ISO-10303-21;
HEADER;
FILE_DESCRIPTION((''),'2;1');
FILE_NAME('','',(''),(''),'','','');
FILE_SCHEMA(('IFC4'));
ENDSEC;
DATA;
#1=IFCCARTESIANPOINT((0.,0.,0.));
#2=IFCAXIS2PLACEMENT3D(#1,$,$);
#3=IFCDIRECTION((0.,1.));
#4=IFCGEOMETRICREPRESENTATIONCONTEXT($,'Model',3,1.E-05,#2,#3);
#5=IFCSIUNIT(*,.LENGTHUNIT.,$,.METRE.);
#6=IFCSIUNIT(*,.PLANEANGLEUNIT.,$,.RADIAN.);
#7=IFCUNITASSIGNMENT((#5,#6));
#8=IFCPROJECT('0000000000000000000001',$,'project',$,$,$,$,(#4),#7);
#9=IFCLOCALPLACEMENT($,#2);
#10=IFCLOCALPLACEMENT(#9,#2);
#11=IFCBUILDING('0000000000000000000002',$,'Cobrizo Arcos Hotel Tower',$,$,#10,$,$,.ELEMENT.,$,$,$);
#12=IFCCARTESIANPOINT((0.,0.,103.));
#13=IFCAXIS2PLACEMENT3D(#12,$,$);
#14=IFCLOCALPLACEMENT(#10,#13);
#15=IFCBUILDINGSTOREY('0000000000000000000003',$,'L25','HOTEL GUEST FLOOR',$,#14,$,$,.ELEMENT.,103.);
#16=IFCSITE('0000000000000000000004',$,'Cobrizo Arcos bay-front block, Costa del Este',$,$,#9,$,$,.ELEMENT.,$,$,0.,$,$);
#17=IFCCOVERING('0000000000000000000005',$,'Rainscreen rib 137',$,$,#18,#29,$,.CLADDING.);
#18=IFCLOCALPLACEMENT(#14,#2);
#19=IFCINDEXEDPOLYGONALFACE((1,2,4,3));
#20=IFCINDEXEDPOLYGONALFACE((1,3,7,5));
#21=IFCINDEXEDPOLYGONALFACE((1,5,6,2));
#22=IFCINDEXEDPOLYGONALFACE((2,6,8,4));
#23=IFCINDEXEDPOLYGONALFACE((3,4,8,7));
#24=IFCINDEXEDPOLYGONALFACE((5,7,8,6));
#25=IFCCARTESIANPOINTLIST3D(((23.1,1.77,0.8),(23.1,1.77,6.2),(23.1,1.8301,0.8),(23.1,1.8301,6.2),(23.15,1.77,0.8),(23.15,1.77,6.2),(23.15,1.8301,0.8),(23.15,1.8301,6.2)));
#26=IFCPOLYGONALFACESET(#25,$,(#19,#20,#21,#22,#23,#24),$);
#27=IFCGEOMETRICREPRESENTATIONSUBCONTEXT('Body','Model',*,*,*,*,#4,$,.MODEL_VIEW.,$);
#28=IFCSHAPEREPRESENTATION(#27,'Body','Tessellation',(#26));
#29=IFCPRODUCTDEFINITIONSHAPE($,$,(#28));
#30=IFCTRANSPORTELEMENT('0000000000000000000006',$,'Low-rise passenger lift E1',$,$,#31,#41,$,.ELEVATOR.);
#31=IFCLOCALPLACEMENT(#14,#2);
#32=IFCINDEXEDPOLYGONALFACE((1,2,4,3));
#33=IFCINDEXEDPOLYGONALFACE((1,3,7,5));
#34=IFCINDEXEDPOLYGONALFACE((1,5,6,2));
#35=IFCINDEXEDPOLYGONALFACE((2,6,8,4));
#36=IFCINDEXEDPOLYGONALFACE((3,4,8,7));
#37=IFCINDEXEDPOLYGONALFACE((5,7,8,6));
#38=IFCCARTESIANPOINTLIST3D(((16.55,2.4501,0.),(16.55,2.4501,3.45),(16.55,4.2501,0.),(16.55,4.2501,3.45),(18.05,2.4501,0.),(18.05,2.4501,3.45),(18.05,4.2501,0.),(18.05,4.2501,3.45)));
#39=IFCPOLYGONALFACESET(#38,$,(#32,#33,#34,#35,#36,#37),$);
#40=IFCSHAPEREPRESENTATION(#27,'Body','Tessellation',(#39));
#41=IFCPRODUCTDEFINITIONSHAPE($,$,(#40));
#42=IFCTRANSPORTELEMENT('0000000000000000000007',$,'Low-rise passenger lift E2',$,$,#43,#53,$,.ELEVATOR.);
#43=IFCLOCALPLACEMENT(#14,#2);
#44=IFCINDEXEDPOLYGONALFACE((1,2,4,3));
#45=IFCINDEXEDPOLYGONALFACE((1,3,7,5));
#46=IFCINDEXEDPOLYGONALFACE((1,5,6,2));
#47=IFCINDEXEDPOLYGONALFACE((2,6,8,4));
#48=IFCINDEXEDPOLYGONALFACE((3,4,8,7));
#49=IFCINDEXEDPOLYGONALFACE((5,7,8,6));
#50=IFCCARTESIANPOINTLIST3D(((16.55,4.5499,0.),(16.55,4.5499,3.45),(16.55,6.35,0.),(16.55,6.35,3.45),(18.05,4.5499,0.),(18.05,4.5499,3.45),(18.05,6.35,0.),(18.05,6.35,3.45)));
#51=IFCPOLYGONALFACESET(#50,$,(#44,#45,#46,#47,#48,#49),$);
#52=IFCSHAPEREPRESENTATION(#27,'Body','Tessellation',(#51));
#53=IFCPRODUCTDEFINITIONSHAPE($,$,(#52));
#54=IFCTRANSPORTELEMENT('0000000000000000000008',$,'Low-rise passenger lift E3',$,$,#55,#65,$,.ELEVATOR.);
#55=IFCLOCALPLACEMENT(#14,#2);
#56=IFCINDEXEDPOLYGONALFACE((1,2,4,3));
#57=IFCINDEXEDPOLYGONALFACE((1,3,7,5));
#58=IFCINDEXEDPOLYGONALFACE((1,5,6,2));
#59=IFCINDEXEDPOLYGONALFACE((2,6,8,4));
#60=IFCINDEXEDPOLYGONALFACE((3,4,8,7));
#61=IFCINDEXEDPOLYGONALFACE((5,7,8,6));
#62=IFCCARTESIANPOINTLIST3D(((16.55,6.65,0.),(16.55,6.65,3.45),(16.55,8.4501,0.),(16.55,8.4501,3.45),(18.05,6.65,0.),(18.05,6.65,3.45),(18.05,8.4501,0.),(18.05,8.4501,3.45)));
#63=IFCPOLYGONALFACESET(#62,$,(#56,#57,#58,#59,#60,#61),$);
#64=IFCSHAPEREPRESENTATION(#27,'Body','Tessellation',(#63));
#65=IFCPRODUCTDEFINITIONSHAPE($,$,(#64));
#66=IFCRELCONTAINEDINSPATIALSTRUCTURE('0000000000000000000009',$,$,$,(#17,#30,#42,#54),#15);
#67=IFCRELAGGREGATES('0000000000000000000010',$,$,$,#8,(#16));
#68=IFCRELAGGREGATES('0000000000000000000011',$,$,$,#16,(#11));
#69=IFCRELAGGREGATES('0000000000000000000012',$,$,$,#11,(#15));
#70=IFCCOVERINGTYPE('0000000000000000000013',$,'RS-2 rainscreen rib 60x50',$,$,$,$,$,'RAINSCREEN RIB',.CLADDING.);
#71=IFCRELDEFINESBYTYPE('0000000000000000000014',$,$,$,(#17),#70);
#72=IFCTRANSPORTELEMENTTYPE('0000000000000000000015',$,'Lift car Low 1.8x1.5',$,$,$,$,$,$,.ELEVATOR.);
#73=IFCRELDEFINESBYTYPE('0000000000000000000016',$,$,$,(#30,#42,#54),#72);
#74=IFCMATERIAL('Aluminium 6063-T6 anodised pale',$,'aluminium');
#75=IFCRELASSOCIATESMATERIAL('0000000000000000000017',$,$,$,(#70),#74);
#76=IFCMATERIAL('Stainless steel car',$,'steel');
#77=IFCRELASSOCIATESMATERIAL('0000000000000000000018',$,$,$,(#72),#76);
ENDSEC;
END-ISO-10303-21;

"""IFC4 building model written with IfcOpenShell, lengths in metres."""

from ifc_helpers import new_model, si_unit, direction, frame, origin, origin_2d, place, context, subcontext, project, spatial, rectangle, extrude, material, type_object, element, save


model = new_model("IFC4")

# Units and contexts
model_context = context("Model", 3, precision=1e-05, world=origin(), true_north=direction((0.0, 1.0)))
body_context = subcontext(model_context, "Body", "Model", "MODEL_VIEW")
ifc_project = project(units=[si_unit("LENGTHUNIT", "METRE"), si_unit("PLANEANGLEUNIT", "RADIAN")], contexts=[model_context])

# Site, building, storey
site_placement = place(None, origin())
site = spatial("IfcSite", under=ifc_project, at=site_placement, Name="Cobrizo Arcos bay-front block, Costa del Este", CompositionType="ELEMENT", RefElevation=0.0)
building_placement = place(site_placement, origin())
building = spatial("IfcBuilding", under=site, at=building_placement, Name="Cobrizo Arcos Hotel Tower", CompositionType="ELEMENT")
storey_placement = place(building_placement, frame((0.0, 0.0, 103.0)))
storey = spatial("IfcBuildingStorey", under=building, at=storey_placement, Name="L25", Description="HOTEL GUEST FLOOR", CompositionType="ELEMENT", Elevation=103.0)

# Covering
ifc_material_1 = material(Name="Aluminium 6063-T6 anodised pale", Category="aluminium")
covering_type_1 = type_object("IfcCoveringType", Name="RS-2 rainscreen rib 60x50", ElementType="RAINSCREEN RIB", PredefinedType="CLADDING", material=ifc_material_1)
covering_1_placement = place(storey_placement, frame((23.125, 1.8, 0.8), z_axis=(0.0, 0.0, 1.0), x_axis=(0.0, 1.0, 0.0)))
element("IfcCovering", 1, at=covering_1_placement, inside=storey, type_object=covering_type_1, Name="Rainscreen rib 137", PredefinedType="CLADDING", context=body_context, shape_type="SweptSolid", body=[
    extrude(rectangle(XDim=0.0601, YDim=0.05, at=origin_2d()), origin(), (0.0, 0.0, 1.0), 5.3999),
])

# Transport elements
ifc_material_2 = material(Name="Stainless steel car", Category="steel")
transport_element_type = type_object("IfcTransportElementType", Name="Lift car Low 1.8x1.5", PredefinedType="ELEVATOR", material=ifc_material_2)
for number, where, z_axis, x_axis, name in (
    (2, (17.3, 3.3501, 0.0), (0.0, 0.0, 1.0), (1.0, 0.0, 0.0), "Low-rise passenger lift E1"),
    (3, (17.3, 5.45, 0.0), (0.0, 0.0, 1.0), (1.0, 0.0, 0.0), "Low-rise passenger lift E2"),
    (4, (17.3, 7.55, 0.0), (0.0, 0.0, 1.0), (1.0, 0.0, 0.0), "Low-rise passenger lift E3"),
):
    element("IfcTransportElement", number, at=place(storey_placement, frame(where, z_axis=z_axis, x_axis=x_axis)), inside=storey, type_object=transport_element_type, Name=name, PredefinedType="ELEVATOR", context=body_context, shape_type="SweptSolid", body=[
        extrude(rectangle(XDim=1.5, YDim=1.8, at=origin_2d()), origin(), (0.0, 0.0, 1.0), 3.45),
    ])

save(model, "model.ifc")
